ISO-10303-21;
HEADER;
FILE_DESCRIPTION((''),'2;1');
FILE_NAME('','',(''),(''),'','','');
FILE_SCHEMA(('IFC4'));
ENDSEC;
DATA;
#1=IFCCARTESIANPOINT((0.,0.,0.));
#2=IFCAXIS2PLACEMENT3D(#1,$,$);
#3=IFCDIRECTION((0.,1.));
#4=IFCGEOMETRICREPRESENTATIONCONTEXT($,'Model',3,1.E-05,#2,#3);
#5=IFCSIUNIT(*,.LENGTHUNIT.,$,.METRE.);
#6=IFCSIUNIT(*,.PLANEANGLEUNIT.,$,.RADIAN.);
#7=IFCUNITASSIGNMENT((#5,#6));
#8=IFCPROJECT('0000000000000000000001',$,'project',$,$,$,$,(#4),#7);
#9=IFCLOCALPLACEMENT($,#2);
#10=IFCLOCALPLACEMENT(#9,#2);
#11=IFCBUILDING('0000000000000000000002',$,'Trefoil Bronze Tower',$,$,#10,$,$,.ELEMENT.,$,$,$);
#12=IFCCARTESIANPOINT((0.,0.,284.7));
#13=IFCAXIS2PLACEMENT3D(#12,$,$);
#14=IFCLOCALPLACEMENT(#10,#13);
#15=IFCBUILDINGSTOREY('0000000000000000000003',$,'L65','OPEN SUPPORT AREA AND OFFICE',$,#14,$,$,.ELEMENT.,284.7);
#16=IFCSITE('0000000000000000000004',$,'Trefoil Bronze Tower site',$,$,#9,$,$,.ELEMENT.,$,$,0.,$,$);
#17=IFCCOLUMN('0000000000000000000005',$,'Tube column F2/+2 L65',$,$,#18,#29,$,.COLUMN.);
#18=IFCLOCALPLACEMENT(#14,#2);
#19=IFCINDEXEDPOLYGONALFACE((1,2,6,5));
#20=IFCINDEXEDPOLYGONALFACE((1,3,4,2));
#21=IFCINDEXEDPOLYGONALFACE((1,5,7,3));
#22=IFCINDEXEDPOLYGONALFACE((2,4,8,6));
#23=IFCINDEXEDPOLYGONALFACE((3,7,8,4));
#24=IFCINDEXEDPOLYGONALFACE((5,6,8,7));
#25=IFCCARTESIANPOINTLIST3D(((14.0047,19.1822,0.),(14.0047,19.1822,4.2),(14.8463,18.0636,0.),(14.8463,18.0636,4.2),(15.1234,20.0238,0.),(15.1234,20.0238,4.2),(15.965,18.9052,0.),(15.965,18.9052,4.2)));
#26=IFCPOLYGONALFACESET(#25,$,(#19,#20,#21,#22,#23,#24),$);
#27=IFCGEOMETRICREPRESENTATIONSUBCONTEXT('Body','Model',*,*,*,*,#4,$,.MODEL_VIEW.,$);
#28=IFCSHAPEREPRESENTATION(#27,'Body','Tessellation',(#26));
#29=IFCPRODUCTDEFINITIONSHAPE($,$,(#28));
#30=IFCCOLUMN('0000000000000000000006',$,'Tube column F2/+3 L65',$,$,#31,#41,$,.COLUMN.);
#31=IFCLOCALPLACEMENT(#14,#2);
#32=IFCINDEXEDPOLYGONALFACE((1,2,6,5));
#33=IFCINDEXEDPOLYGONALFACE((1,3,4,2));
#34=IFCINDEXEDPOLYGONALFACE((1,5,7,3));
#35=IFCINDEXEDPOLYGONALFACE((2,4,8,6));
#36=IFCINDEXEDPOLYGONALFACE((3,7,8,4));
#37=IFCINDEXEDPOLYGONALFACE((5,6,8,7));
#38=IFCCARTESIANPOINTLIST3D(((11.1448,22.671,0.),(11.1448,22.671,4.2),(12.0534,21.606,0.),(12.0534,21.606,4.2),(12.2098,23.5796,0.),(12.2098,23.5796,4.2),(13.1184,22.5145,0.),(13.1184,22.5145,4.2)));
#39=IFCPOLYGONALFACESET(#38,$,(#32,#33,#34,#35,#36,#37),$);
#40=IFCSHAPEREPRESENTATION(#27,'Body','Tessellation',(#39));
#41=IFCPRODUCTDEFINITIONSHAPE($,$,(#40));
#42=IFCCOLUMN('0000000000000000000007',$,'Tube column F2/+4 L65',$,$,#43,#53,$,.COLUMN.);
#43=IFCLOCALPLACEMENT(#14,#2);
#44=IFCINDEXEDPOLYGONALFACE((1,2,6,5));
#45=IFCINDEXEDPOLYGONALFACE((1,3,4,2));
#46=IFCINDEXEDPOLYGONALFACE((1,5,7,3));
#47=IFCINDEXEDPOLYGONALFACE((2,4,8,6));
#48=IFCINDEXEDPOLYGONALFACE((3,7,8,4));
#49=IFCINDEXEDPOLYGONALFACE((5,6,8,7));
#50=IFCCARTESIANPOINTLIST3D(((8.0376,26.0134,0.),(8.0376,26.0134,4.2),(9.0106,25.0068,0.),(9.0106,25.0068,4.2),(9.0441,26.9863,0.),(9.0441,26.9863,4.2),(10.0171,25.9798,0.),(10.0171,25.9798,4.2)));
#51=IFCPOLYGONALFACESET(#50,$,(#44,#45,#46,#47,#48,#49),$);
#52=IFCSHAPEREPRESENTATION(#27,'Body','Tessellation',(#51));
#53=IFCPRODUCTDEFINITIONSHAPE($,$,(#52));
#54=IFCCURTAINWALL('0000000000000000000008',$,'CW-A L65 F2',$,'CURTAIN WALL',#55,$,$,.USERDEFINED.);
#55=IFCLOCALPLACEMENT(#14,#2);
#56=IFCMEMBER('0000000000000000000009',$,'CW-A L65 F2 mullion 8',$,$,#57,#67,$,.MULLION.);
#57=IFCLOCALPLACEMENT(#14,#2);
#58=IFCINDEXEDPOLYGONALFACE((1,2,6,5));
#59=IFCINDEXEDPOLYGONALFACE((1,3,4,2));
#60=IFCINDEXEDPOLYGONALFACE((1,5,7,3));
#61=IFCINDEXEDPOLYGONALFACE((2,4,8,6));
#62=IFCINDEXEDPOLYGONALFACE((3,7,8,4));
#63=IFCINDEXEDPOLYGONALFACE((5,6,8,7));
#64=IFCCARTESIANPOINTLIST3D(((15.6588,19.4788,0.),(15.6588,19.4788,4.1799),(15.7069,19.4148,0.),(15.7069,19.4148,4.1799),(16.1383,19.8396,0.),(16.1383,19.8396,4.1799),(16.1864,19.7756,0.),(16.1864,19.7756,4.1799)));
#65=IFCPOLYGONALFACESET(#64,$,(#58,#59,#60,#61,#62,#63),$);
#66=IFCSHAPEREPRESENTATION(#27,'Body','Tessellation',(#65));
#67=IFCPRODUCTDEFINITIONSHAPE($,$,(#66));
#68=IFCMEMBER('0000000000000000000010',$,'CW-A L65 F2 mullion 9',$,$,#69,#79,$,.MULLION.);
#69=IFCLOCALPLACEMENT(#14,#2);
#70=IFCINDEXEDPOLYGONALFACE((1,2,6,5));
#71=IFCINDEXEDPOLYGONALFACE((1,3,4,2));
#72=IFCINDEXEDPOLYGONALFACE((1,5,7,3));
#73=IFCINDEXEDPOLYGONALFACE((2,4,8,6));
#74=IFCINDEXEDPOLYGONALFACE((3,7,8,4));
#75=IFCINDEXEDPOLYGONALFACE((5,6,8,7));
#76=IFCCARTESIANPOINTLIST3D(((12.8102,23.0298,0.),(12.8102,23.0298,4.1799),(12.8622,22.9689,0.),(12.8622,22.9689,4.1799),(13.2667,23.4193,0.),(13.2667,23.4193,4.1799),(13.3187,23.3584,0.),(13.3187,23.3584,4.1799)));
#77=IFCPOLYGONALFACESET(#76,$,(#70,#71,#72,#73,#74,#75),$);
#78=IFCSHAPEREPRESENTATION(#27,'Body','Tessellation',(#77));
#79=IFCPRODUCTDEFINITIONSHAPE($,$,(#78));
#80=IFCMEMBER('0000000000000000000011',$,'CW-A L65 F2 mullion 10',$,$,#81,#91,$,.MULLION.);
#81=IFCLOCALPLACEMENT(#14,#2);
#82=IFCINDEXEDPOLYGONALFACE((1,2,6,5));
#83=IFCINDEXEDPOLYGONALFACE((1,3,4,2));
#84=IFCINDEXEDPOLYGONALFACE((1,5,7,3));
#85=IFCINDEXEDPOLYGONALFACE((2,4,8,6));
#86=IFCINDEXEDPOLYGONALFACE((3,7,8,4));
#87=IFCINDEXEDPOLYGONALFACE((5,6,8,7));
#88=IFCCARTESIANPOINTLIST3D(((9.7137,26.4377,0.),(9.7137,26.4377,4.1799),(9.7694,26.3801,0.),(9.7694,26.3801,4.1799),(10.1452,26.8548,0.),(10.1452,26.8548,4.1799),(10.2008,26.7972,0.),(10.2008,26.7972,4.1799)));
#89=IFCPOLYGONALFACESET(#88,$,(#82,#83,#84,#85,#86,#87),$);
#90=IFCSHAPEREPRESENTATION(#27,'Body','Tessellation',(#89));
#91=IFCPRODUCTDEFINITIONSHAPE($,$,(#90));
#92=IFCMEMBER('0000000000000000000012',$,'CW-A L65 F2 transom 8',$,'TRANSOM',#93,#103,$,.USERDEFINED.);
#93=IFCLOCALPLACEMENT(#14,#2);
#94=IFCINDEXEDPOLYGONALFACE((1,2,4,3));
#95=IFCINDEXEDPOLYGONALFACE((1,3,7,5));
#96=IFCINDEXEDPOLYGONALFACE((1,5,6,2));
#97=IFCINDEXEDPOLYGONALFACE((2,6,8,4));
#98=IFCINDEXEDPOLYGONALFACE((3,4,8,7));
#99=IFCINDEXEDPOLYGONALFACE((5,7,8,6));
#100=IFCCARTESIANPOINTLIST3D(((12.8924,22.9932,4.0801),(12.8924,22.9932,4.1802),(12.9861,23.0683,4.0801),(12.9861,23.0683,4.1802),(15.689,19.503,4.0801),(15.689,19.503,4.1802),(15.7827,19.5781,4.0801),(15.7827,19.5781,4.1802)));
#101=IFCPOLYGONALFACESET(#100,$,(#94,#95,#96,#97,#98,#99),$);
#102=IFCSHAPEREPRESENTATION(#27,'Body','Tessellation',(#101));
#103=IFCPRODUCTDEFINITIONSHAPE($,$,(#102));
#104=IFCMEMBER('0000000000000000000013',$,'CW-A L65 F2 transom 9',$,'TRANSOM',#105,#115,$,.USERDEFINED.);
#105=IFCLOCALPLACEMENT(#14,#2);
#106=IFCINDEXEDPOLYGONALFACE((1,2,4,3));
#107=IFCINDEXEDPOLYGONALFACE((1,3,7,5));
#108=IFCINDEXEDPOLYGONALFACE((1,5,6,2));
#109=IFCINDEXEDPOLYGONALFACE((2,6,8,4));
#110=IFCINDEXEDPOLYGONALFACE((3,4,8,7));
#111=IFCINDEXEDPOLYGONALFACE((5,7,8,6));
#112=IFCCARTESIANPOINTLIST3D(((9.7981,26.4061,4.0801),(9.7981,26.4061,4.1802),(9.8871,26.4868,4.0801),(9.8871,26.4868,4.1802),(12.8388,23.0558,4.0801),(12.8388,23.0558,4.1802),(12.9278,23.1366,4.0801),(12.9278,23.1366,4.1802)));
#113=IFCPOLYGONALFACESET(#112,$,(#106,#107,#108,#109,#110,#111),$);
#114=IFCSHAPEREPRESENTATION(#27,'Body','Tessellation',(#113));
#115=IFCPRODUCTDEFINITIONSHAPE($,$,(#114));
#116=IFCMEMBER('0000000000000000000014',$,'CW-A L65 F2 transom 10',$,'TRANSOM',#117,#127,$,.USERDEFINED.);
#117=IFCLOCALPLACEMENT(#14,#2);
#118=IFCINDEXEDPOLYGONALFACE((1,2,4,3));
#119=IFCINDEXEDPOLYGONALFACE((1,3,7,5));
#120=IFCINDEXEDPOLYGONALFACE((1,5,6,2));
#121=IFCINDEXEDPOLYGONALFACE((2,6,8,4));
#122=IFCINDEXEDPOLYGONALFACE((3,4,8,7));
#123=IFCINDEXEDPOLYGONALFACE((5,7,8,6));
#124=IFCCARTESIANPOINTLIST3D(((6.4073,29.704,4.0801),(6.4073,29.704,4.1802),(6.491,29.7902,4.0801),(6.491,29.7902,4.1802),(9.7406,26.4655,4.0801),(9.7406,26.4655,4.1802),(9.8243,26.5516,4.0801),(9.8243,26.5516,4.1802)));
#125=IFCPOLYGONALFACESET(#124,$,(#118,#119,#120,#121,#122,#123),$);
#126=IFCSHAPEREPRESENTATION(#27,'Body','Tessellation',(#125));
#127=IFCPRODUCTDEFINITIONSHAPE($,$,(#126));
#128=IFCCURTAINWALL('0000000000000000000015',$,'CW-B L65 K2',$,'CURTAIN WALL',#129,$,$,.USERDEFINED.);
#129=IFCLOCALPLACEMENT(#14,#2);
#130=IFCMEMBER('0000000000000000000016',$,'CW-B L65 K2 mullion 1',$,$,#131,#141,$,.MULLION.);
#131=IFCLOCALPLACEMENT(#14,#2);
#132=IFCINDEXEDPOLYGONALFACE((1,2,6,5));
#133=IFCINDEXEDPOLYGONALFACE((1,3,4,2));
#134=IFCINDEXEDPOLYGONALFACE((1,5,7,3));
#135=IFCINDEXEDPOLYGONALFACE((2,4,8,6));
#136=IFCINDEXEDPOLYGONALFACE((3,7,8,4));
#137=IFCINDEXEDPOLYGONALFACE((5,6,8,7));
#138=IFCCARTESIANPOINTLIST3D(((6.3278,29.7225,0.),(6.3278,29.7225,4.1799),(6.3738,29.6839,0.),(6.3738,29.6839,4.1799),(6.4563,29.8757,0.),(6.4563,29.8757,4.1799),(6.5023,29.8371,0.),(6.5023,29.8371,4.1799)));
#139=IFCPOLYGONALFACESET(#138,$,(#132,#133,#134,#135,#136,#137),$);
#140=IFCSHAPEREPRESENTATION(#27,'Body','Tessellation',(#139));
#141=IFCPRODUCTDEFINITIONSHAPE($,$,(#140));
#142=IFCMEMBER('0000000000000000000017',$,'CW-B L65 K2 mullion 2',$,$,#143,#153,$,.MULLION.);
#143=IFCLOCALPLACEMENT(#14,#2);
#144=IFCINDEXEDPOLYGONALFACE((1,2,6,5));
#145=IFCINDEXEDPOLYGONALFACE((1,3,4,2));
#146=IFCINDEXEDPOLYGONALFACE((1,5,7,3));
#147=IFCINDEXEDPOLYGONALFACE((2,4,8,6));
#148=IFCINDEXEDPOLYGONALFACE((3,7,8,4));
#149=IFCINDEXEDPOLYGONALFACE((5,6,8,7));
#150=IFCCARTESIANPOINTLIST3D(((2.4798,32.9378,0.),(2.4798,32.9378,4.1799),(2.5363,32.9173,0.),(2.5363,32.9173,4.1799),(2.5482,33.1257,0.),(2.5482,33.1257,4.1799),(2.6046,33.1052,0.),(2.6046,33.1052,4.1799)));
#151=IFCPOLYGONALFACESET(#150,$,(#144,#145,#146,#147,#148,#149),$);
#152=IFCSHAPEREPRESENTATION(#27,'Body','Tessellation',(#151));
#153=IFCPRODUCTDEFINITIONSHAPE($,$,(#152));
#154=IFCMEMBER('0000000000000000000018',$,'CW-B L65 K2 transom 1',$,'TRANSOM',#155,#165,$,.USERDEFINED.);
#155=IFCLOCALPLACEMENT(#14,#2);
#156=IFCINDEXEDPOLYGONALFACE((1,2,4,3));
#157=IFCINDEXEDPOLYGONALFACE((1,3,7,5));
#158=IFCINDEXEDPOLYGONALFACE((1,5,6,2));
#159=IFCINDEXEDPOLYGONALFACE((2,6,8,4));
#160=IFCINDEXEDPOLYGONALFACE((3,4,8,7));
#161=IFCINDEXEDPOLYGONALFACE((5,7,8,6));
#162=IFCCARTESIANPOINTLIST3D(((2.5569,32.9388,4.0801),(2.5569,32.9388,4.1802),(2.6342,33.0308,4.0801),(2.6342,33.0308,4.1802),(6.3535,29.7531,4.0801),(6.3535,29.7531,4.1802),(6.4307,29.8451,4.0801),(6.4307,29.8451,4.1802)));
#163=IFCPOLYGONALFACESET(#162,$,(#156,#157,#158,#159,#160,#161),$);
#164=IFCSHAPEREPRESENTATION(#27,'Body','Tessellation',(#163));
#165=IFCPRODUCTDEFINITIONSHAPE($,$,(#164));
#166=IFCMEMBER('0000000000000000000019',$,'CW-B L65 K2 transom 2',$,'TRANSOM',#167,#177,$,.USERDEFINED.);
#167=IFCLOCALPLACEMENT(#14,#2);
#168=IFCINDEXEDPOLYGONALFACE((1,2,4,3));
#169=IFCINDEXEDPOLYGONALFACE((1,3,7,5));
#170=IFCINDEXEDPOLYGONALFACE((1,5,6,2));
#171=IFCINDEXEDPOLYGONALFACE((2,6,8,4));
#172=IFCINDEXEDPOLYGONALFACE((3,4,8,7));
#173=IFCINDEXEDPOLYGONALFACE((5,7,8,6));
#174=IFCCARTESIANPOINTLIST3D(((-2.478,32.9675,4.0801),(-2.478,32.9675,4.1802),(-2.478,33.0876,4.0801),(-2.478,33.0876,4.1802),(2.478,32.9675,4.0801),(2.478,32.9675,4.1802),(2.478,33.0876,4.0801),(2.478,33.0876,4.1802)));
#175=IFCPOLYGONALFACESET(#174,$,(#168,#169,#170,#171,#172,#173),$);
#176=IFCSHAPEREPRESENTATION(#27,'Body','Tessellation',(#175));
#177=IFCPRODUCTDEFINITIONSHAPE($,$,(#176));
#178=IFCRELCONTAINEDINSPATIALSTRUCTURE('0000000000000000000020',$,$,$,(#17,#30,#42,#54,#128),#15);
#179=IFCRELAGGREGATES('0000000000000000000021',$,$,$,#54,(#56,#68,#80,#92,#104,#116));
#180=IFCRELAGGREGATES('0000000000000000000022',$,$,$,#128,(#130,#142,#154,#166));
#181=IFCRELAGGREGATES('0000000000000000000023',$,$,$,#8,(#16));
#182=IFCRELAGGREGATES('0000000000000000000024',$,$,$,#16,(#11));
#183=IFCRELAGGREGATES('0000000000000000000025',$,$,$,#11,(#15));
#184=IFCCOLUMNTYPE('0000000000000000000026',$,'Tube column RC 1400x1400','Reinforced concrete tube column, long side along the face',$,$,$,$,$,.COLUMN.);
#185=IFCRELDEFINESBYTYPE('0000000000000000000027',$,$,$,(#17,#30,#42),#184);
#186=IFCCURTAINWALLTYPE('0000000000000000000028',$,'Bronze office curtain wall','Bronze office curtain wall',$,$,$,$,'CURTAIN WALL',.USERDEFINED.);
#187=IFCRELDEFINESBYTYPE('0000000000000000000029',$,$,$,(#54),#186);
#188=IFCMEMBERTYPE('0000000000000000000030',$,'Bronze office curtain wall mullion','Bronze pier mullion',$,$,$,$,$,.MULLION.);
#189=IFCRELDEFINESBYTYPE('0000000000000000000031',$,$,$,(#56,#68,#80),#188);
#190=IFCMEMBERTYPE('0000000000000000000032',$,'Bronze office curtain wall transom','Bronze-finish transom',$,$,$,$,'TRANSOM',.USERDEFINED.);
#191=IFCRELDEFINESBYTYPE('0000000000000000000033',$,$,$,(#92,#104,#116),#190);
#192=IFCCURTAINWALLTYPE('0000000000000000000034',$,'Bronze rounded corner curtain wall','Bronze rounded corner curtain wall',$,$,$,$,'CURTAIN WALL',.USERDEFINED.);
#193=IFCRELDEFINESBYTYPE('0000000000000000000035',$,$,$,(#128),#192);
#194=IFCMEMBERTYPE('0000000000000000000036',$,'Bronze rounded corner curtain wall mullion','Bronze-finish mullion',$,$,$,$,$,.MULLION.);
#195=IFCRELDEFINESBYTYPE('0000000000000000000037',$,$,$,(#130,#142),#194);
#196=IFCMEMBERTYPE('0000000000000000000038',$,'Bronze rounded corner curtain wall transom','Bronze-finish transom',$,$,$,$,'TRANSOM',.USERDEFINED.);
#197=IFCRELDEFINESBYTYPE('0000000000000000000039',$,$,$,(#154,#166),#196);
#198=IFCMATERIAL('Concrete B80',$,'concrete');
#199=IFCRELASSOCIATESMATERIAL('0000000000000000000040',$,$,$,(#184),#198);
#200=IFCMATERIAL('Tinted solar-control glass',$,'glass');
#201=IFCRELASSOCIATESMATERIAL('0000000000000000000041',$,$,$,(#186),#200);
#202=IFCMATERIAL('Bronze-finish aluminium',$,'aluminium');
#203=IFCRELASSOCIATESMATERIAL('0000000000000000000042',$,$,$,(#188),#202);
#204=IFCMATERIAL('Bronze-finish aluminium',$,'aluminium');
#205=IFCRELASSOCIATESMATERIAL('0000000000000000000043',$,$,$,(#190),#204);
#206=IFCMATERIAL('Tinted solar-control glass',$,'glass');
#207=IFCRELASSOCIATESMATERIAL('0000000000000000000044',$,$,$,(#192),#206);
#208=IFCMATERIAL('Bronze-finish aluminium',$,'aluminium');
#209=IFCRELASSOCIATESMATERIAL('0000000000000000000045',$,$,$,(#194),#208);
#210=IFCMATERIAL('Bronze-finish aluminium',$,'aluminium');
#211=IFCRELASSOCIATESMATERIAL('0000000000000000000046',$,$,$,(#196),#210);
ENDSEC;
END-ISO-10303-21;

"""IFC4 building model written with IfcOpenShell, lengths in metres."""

from ifc_helpers import new_model, si_unit, direction, frame, origin, origin_2d, place, context, subcontext, project, spatial, rectangle, extrude, material, material_profile, profile_set, type_object, element, aggregate, save


model = new_model("IFC4")

# Units and contexts
model_context = context("Model", 3, precision=1e-05, world=origin(), true_north=direction((0.0, 1.0)))
body_context = subcontext(model_context, "Body", "Model", "MODEL_VIEW")
ifc_project = project(units=[si_unit("LENGTHUNIT", "METRE"), si_unit("PLANEANGLEUNIT", "RADIAN")], contexts=[model_context])

# Site, building, storey
site_placement = place(None, origin())
site = spatial("IfcSite", under=ifc_project, at=site_placement, Name="Trefoil Bronze Tower site", CompositionType="ELEMENT", RefElevation=0.0)
building_placement = place(site_placement, origin())
building = spatial("IfcBuilding", under=site, at=building_placement, Name="Trefoil Bronze Tower", CompositionType="ELEMENT")
storey_placement = place(building_placement, frame((0.0, 0.0, 284.7)))
storey = spatial("IfcBuildingStorey", under=building, at=storey_placement, Name="L65", Description="OPEN SUPPORT AREA AND OFFICE", CompositionType="ELEMENT", Elevation=284.7)

# Columns
ifc_material_1 = material(Name="Concrete B80", Category="concrete")
ifc_material_profile_1 = material_profile(ifc_material_1, rectangle(XDim=1.3999, YDim=1.3999, at=origin_2d()), Name="RC 1400x1400")
ifc_profile_set_1 = profile_set([ifc_material_profile_1], Name="Concrete B80")
column_type = type_object("IfcColumnType", Name="Tube column RC 1400x1400", Description="Reinforced concrete tube column, long side along the face", PredefinedType="COLUMN", material=ifc_profile_set_1)
for number, where, z_axis, x_axis, name in (
    (1, (14.9849, 19.0437, 0.0), (0.0, 0.0, 1.0), (-0.601203, 0.799096, 0.0), "Tube column F2/+2 L65"),
    (2, (12.1316, 22.5928, 0.0), (0.0, 0.0, 1.0), (-0.649008, 0.760781, 0.0), "Tube column F2/+3 L65"),
    (3, (9.0273, 25.9966, 0.0), (0.0, 0.0, 1.0), (-0.695009, 0.719001, 0.0), "Tube column F2/+4 L65"),
):
    element("IfcColumn", number, at=place(storey_placement, frame(where, z_axis=z_axis, x_axis=x_axis)), inside=storey, type_object=column_type, Name=name, PredefinedType="COLUMN", context=body_context, shape_type="SweptSolid", body=[
        extrude(rectangle(XDim=1.3999, YDim=1.3999, at=origin_2d()), origin(), (0.0, 0.0, 1.0), 4.2),
    ])

# Curtain walls, members
ifc_material_2 = material(Name="Tinted solar-control glass", Category="glass")
curtain_wall_type_1 = type_object("IfcCurtainWallType", Name="Bronze office curtain wall", Description="Bronze office curtain wall", ElementType="CURTAIN WALL", PredefinedType="USERDEFINED", material=ifc_material_2)
curtain_wall_1_placement = place(storey_placement, origin())
curtain_wall_1 = element("IfcCurtainWall", 4, at=curtain_wall_1_placement, inside=storey, type_object=curtain_wall_type_1, Name="CW-A L65 F2", ObjectType="CURTAIN WALL", PredefinedType="USERDEFINED")
ifc_material_3 = material(Name="Bronze-finish aluminium", Category="aluminium")
ifc_material_profile_2 = material_profile(ifc_material_3, rectangle(XDim=0.6001, YDim=0.0801, at=origin_2d()), Name="CW-A mullion")
ifc_profile_set_2 = profile_set([ifc_material_profile_2], Name="Bronze-finish aluminium")
member_type_1 = type_object("IfcMemberType", Name="Bronze office curtain wall mullion", Description="Bronze pier mullion", PredefinedType="MULLION", material=ifc_profile_set_2)
member_1_placement = place(storey_placement, frame((15.9226, 19.6272, 0.0), z_axis=(0.0, 0.0, 1.0), x_axis=(-0.799096, -0.601203, 0.0)))
member_1 = element("IfcMember", 5, at=member_1_placement, type_object=member_type_1, Name="CW-A L65 F2 mullion 8", PredefinedType="MULLION", context=body_context, shape_type="SweptSolid", body=[
    extrude(rectangle(XDim=0.6001, YDim=0.0801, at=origin_2d()), origin(), (0.0, 0.0, 1.0), 4.1799),
])
member_2_placement = place(storey_placement, frame((13.0645, 23.1941, 0.0), z_axis=(0.0, 0.0, 1.0), x_axis=(-0.760781, -0.649008, 0.0)))
member_2 = element("IfcMember", 6, at=member_2_placement, type_object=member_type_1, Name="CW-A L65 F2 mullion 9", PredefinedType="MULLION", context=body_context, shape_type="SweptSolid", body=[
    extrude(rectangle(XDim=0.6001, YDim=0.0801, at=origin_2d()), origin(), (0.0, 0.0, 1.0), 4.1799),
])
member_3_placement = place(storey_placement, frame((9.9573, 26.6174, 0.0), z_axis=(0.0, 0.0, 1.0), x_axis=(-0.719001, -0.695009, 0.0)))
member_3 = element("IfcMember", 7, at=member_3_placement, type_object=member_type_1, Name="CW-A L65 F2 mullion 10", PredefinedType="MULLION", context=body_context, shape_type="SweptSolid", body=[
    extrude(rectangle(XDim=0.6001, YDim=0.0801, at=origin_2d()), origin(), (0.0, 0.0, 1.0), 4.1799),
])
ifc_material_4 = material(Name="Bronze-finish aluminium", Category="aluminium")
ifc_material_profile_3 = material_profile(ifc_material_4, rectangle(XDim=0.1201, YDim=0.1001, at=origin_2d()), Name="CW-A transom")
ifc_profile_set_3 = profile_set([ifc_material_profile_3], Name="Bronze-finish aluminium")
member_type_2 = type_object("IfcMemberType", Name="Bronze office curtain wall transom", Description="Bronze-finish transom", ElementType="TRANSOM", PredefinedType="USERDEFINED", material=ifc_profile_set_3)
member_4_placement = place(storey_placement, frame((15.7358, 19.5405, 4.1301), z_axis=(-0.625301, 0.780384, 0.0), x_axis=(-0.780384, -0.625301, 0.0)))
member_4 = element("IfcMember", 8, at=member_4_placement, type_object=member_type_2, Name="CW-A L65 F2 transom 8", ObjectType="TRANSOM", PredefinedType="USERDEFINED", context=body_context, shape_type="SweptSolid", body=[
    extrude(rectangle(XDim=0.1201, YDim=0.1001, at=origin_2d()), origin(), (0.0, 0.0, 1.0), 4.4724),
])
member_5_placement = place(storey_placement, frame((12.8833, 23.0962, 4.1301), z_axis=(-0.672068, 0.740489, 0.0), x_axis=(-0.740489, -0.672068, 0.0)))
member_5 = element("IfcMember", 9, at=member_5_placement, type_object=member_type_2, Name="CW-A L65 F2 transom 9", ObjectType="TRANSOM", PredefinedType="USERDEFINED", context=body_context, shape_type="SweptSolid", body=[
    extrude(rectangle(XDim=0.1201, YDim=0.1001, at=origin_2d()), origin(), (0.0, 0.0, 1.0), 4.5244),
])
member_6_placement = place(storey_placement, frame((9.7825, 26.5085, 4.1301), z_axis=(-0.717225, 0.696842, 0.0), x_axis=(-0.696842, -0.717225, 0.0)))
member_6 = element("IfcMember", 10, at=member_6_placement, type_object=member_type_2, Name="CW-A L65 F2 transom 10", ObjectType="TRANSOM", PredefinedType="USERDEFINED", context=body_context, shape_type="SweptSolid", body=[
    extrude(rectangle(XDim=0.1201, YDim=0.1001, at=origin_2d()), origin(), (0.0, 0.0, 1.0), 4.6475),
])
ifc_material_5 = material(Name="Tinted solar-control glass", Category="glass")
curtain_wall_type_2 = type_object("IfcCurtainWallType", Name="Bronze rounded corner curtain wall", Description="Bronze rounded corner curtain wall", ElementType="CURTAIN WALL", PredefinedType="USERDEFINED", material=ifc_material_5)
curtain_wall_2_placement = place(storey_placement, origin())
curtain_wall_2 = element("IfcCurtainWall", 11, at=curtain_wall_2_placement, inside=storey, type_object=curtain_wall_type_2, Name="CW-B L65 K2", ObjectType="CURTAIN WALL", PredefinedType="USERDEFINED")
ifc_material_6 = material(Name="Bronze-finish aluminium", Category="aluminium")
ifc_material_profile_4 = material_profile(ifc_material_6, rectangle(XDim=0.2, YDim=0.0601, at=origin_2d()), Name="CW-B mullion")
ifc_profile_set_4 = profile_set([ifc_material_profile_4], Name="Bronze-finish aluminium")
member_type_3 = type_object("IfcMemberType", Name="Bronze rounded corner curtain wall mullion", Description="Bronze-finish mullion", PredefinedType="MULLION", material=ifc_profile_set_4)
member_7_placement = place(storey_placement, frame((6.415, 29.7798, 0.0), z_axis=(0.0, 0.0, 1.0), x_axis=(-0.642788, -0.766044, 0.0)))
member_7 = element("IfcMember", 12, at=member_7_placement, type_object=member_type_3, Name="CW-B L65 K2 mullion 1", PredefinedType="MULLION", context=body_context, shape_type="SweptSolid", body=[
    extrude(rectangle(XDim=0.2, YDim=0.0601, at=origin_2d()), origin(), (0.0, 0.0, 1.0), 4.1799),
])
member_8_placement = place(storey_placement, frame((2.5422, 33.0215, 0.0), z_axis=(0.0, 0.0, 1.0), x_axis=(-0.34202, -0.939693, 0.0)))
member_8 = element("IfcMember", 13, at=member_8_placement, type_object=member_type_3, Name="CW-B L65 K2 mullion 2", PredefinedType="MULLION", context=body_context, shape_type="SweptSolid", body=[
    extrude(rectangle(XDim=0.2, YDim=0.0601, at=origin_2d()), origin(), (0.0, 0.0, 1.0), 4.1799),
])
ifc_material_7 = material(Name="Bronze-finish aluminium", Category="aluminium")
ifc_material_profile_5 = material_profile(ifc_material_7, rectangle(XDim=0.1201, YDim=0.1001, at=origin_2d()), Name="CW-B transom")
ifc_profile_set_5 = profile_set([ifc_material_profile_5], Name="Bronze-finish aluminium")
member_type_4 = type_object("IfcMemberType", Name="Bronze rounded corner curtain wall transom", Description="Bronze-finish transom", ElementType="TRANSOM", PredefinedType="USERDEFINED", material=ifc_profile_set_5)
member_9_placement = place(storey_placement, frame((6.3921, 29.7991, 4.1301), z_axis=(-0.766041, 0.642792, 0.0), x_axis=(-0.642792, -0.766041, 0.0)))
member_9 = element("IfcMember", 14, at=member_9_placement, type_object=member_type_4, Name="CW-B L65 K2 transom 1", ObjectType="TRANSOM", PredefinedType="USERDEFINED", context=body_context, shape_type="SweptSolid", body=[
    extrude(rectangle(XDim=0.1201, YDim=0.1001, at=origin_2d()), origin(), (0.0, 0.0, 1.0), 4.9561),
])
member_10_placement = place(storey_placement, frame((2.478, 33.0276, 4.1301), z_axis=(-1.0, 0.0, 0.0), x_axis=(0.0, -1.0, 0.0)))
member_10 = element("IfcMember", 15, at=member_10_placement, type_object=member_type_4, Name="CW-B L65 K2 transom 2", ObjectType="TRANSOM", PredefinedType="USERDEFINED", context=body_context, shape_type="SweptSolid", body=[
    extrude(rectangle(XDim=0.1201, YDim=0.1001, at=origin_2d()), origin(), (0.0, 0.0, 1.0), 4.9561),
])

aggregate(curtain_wall_1, [member_1, member_2, member_3, member_4, member_5, member_6])
aggregate(curtain_wall_2, [member_7, member_8, member_9, member_10])

save(model, "model.ifc")
